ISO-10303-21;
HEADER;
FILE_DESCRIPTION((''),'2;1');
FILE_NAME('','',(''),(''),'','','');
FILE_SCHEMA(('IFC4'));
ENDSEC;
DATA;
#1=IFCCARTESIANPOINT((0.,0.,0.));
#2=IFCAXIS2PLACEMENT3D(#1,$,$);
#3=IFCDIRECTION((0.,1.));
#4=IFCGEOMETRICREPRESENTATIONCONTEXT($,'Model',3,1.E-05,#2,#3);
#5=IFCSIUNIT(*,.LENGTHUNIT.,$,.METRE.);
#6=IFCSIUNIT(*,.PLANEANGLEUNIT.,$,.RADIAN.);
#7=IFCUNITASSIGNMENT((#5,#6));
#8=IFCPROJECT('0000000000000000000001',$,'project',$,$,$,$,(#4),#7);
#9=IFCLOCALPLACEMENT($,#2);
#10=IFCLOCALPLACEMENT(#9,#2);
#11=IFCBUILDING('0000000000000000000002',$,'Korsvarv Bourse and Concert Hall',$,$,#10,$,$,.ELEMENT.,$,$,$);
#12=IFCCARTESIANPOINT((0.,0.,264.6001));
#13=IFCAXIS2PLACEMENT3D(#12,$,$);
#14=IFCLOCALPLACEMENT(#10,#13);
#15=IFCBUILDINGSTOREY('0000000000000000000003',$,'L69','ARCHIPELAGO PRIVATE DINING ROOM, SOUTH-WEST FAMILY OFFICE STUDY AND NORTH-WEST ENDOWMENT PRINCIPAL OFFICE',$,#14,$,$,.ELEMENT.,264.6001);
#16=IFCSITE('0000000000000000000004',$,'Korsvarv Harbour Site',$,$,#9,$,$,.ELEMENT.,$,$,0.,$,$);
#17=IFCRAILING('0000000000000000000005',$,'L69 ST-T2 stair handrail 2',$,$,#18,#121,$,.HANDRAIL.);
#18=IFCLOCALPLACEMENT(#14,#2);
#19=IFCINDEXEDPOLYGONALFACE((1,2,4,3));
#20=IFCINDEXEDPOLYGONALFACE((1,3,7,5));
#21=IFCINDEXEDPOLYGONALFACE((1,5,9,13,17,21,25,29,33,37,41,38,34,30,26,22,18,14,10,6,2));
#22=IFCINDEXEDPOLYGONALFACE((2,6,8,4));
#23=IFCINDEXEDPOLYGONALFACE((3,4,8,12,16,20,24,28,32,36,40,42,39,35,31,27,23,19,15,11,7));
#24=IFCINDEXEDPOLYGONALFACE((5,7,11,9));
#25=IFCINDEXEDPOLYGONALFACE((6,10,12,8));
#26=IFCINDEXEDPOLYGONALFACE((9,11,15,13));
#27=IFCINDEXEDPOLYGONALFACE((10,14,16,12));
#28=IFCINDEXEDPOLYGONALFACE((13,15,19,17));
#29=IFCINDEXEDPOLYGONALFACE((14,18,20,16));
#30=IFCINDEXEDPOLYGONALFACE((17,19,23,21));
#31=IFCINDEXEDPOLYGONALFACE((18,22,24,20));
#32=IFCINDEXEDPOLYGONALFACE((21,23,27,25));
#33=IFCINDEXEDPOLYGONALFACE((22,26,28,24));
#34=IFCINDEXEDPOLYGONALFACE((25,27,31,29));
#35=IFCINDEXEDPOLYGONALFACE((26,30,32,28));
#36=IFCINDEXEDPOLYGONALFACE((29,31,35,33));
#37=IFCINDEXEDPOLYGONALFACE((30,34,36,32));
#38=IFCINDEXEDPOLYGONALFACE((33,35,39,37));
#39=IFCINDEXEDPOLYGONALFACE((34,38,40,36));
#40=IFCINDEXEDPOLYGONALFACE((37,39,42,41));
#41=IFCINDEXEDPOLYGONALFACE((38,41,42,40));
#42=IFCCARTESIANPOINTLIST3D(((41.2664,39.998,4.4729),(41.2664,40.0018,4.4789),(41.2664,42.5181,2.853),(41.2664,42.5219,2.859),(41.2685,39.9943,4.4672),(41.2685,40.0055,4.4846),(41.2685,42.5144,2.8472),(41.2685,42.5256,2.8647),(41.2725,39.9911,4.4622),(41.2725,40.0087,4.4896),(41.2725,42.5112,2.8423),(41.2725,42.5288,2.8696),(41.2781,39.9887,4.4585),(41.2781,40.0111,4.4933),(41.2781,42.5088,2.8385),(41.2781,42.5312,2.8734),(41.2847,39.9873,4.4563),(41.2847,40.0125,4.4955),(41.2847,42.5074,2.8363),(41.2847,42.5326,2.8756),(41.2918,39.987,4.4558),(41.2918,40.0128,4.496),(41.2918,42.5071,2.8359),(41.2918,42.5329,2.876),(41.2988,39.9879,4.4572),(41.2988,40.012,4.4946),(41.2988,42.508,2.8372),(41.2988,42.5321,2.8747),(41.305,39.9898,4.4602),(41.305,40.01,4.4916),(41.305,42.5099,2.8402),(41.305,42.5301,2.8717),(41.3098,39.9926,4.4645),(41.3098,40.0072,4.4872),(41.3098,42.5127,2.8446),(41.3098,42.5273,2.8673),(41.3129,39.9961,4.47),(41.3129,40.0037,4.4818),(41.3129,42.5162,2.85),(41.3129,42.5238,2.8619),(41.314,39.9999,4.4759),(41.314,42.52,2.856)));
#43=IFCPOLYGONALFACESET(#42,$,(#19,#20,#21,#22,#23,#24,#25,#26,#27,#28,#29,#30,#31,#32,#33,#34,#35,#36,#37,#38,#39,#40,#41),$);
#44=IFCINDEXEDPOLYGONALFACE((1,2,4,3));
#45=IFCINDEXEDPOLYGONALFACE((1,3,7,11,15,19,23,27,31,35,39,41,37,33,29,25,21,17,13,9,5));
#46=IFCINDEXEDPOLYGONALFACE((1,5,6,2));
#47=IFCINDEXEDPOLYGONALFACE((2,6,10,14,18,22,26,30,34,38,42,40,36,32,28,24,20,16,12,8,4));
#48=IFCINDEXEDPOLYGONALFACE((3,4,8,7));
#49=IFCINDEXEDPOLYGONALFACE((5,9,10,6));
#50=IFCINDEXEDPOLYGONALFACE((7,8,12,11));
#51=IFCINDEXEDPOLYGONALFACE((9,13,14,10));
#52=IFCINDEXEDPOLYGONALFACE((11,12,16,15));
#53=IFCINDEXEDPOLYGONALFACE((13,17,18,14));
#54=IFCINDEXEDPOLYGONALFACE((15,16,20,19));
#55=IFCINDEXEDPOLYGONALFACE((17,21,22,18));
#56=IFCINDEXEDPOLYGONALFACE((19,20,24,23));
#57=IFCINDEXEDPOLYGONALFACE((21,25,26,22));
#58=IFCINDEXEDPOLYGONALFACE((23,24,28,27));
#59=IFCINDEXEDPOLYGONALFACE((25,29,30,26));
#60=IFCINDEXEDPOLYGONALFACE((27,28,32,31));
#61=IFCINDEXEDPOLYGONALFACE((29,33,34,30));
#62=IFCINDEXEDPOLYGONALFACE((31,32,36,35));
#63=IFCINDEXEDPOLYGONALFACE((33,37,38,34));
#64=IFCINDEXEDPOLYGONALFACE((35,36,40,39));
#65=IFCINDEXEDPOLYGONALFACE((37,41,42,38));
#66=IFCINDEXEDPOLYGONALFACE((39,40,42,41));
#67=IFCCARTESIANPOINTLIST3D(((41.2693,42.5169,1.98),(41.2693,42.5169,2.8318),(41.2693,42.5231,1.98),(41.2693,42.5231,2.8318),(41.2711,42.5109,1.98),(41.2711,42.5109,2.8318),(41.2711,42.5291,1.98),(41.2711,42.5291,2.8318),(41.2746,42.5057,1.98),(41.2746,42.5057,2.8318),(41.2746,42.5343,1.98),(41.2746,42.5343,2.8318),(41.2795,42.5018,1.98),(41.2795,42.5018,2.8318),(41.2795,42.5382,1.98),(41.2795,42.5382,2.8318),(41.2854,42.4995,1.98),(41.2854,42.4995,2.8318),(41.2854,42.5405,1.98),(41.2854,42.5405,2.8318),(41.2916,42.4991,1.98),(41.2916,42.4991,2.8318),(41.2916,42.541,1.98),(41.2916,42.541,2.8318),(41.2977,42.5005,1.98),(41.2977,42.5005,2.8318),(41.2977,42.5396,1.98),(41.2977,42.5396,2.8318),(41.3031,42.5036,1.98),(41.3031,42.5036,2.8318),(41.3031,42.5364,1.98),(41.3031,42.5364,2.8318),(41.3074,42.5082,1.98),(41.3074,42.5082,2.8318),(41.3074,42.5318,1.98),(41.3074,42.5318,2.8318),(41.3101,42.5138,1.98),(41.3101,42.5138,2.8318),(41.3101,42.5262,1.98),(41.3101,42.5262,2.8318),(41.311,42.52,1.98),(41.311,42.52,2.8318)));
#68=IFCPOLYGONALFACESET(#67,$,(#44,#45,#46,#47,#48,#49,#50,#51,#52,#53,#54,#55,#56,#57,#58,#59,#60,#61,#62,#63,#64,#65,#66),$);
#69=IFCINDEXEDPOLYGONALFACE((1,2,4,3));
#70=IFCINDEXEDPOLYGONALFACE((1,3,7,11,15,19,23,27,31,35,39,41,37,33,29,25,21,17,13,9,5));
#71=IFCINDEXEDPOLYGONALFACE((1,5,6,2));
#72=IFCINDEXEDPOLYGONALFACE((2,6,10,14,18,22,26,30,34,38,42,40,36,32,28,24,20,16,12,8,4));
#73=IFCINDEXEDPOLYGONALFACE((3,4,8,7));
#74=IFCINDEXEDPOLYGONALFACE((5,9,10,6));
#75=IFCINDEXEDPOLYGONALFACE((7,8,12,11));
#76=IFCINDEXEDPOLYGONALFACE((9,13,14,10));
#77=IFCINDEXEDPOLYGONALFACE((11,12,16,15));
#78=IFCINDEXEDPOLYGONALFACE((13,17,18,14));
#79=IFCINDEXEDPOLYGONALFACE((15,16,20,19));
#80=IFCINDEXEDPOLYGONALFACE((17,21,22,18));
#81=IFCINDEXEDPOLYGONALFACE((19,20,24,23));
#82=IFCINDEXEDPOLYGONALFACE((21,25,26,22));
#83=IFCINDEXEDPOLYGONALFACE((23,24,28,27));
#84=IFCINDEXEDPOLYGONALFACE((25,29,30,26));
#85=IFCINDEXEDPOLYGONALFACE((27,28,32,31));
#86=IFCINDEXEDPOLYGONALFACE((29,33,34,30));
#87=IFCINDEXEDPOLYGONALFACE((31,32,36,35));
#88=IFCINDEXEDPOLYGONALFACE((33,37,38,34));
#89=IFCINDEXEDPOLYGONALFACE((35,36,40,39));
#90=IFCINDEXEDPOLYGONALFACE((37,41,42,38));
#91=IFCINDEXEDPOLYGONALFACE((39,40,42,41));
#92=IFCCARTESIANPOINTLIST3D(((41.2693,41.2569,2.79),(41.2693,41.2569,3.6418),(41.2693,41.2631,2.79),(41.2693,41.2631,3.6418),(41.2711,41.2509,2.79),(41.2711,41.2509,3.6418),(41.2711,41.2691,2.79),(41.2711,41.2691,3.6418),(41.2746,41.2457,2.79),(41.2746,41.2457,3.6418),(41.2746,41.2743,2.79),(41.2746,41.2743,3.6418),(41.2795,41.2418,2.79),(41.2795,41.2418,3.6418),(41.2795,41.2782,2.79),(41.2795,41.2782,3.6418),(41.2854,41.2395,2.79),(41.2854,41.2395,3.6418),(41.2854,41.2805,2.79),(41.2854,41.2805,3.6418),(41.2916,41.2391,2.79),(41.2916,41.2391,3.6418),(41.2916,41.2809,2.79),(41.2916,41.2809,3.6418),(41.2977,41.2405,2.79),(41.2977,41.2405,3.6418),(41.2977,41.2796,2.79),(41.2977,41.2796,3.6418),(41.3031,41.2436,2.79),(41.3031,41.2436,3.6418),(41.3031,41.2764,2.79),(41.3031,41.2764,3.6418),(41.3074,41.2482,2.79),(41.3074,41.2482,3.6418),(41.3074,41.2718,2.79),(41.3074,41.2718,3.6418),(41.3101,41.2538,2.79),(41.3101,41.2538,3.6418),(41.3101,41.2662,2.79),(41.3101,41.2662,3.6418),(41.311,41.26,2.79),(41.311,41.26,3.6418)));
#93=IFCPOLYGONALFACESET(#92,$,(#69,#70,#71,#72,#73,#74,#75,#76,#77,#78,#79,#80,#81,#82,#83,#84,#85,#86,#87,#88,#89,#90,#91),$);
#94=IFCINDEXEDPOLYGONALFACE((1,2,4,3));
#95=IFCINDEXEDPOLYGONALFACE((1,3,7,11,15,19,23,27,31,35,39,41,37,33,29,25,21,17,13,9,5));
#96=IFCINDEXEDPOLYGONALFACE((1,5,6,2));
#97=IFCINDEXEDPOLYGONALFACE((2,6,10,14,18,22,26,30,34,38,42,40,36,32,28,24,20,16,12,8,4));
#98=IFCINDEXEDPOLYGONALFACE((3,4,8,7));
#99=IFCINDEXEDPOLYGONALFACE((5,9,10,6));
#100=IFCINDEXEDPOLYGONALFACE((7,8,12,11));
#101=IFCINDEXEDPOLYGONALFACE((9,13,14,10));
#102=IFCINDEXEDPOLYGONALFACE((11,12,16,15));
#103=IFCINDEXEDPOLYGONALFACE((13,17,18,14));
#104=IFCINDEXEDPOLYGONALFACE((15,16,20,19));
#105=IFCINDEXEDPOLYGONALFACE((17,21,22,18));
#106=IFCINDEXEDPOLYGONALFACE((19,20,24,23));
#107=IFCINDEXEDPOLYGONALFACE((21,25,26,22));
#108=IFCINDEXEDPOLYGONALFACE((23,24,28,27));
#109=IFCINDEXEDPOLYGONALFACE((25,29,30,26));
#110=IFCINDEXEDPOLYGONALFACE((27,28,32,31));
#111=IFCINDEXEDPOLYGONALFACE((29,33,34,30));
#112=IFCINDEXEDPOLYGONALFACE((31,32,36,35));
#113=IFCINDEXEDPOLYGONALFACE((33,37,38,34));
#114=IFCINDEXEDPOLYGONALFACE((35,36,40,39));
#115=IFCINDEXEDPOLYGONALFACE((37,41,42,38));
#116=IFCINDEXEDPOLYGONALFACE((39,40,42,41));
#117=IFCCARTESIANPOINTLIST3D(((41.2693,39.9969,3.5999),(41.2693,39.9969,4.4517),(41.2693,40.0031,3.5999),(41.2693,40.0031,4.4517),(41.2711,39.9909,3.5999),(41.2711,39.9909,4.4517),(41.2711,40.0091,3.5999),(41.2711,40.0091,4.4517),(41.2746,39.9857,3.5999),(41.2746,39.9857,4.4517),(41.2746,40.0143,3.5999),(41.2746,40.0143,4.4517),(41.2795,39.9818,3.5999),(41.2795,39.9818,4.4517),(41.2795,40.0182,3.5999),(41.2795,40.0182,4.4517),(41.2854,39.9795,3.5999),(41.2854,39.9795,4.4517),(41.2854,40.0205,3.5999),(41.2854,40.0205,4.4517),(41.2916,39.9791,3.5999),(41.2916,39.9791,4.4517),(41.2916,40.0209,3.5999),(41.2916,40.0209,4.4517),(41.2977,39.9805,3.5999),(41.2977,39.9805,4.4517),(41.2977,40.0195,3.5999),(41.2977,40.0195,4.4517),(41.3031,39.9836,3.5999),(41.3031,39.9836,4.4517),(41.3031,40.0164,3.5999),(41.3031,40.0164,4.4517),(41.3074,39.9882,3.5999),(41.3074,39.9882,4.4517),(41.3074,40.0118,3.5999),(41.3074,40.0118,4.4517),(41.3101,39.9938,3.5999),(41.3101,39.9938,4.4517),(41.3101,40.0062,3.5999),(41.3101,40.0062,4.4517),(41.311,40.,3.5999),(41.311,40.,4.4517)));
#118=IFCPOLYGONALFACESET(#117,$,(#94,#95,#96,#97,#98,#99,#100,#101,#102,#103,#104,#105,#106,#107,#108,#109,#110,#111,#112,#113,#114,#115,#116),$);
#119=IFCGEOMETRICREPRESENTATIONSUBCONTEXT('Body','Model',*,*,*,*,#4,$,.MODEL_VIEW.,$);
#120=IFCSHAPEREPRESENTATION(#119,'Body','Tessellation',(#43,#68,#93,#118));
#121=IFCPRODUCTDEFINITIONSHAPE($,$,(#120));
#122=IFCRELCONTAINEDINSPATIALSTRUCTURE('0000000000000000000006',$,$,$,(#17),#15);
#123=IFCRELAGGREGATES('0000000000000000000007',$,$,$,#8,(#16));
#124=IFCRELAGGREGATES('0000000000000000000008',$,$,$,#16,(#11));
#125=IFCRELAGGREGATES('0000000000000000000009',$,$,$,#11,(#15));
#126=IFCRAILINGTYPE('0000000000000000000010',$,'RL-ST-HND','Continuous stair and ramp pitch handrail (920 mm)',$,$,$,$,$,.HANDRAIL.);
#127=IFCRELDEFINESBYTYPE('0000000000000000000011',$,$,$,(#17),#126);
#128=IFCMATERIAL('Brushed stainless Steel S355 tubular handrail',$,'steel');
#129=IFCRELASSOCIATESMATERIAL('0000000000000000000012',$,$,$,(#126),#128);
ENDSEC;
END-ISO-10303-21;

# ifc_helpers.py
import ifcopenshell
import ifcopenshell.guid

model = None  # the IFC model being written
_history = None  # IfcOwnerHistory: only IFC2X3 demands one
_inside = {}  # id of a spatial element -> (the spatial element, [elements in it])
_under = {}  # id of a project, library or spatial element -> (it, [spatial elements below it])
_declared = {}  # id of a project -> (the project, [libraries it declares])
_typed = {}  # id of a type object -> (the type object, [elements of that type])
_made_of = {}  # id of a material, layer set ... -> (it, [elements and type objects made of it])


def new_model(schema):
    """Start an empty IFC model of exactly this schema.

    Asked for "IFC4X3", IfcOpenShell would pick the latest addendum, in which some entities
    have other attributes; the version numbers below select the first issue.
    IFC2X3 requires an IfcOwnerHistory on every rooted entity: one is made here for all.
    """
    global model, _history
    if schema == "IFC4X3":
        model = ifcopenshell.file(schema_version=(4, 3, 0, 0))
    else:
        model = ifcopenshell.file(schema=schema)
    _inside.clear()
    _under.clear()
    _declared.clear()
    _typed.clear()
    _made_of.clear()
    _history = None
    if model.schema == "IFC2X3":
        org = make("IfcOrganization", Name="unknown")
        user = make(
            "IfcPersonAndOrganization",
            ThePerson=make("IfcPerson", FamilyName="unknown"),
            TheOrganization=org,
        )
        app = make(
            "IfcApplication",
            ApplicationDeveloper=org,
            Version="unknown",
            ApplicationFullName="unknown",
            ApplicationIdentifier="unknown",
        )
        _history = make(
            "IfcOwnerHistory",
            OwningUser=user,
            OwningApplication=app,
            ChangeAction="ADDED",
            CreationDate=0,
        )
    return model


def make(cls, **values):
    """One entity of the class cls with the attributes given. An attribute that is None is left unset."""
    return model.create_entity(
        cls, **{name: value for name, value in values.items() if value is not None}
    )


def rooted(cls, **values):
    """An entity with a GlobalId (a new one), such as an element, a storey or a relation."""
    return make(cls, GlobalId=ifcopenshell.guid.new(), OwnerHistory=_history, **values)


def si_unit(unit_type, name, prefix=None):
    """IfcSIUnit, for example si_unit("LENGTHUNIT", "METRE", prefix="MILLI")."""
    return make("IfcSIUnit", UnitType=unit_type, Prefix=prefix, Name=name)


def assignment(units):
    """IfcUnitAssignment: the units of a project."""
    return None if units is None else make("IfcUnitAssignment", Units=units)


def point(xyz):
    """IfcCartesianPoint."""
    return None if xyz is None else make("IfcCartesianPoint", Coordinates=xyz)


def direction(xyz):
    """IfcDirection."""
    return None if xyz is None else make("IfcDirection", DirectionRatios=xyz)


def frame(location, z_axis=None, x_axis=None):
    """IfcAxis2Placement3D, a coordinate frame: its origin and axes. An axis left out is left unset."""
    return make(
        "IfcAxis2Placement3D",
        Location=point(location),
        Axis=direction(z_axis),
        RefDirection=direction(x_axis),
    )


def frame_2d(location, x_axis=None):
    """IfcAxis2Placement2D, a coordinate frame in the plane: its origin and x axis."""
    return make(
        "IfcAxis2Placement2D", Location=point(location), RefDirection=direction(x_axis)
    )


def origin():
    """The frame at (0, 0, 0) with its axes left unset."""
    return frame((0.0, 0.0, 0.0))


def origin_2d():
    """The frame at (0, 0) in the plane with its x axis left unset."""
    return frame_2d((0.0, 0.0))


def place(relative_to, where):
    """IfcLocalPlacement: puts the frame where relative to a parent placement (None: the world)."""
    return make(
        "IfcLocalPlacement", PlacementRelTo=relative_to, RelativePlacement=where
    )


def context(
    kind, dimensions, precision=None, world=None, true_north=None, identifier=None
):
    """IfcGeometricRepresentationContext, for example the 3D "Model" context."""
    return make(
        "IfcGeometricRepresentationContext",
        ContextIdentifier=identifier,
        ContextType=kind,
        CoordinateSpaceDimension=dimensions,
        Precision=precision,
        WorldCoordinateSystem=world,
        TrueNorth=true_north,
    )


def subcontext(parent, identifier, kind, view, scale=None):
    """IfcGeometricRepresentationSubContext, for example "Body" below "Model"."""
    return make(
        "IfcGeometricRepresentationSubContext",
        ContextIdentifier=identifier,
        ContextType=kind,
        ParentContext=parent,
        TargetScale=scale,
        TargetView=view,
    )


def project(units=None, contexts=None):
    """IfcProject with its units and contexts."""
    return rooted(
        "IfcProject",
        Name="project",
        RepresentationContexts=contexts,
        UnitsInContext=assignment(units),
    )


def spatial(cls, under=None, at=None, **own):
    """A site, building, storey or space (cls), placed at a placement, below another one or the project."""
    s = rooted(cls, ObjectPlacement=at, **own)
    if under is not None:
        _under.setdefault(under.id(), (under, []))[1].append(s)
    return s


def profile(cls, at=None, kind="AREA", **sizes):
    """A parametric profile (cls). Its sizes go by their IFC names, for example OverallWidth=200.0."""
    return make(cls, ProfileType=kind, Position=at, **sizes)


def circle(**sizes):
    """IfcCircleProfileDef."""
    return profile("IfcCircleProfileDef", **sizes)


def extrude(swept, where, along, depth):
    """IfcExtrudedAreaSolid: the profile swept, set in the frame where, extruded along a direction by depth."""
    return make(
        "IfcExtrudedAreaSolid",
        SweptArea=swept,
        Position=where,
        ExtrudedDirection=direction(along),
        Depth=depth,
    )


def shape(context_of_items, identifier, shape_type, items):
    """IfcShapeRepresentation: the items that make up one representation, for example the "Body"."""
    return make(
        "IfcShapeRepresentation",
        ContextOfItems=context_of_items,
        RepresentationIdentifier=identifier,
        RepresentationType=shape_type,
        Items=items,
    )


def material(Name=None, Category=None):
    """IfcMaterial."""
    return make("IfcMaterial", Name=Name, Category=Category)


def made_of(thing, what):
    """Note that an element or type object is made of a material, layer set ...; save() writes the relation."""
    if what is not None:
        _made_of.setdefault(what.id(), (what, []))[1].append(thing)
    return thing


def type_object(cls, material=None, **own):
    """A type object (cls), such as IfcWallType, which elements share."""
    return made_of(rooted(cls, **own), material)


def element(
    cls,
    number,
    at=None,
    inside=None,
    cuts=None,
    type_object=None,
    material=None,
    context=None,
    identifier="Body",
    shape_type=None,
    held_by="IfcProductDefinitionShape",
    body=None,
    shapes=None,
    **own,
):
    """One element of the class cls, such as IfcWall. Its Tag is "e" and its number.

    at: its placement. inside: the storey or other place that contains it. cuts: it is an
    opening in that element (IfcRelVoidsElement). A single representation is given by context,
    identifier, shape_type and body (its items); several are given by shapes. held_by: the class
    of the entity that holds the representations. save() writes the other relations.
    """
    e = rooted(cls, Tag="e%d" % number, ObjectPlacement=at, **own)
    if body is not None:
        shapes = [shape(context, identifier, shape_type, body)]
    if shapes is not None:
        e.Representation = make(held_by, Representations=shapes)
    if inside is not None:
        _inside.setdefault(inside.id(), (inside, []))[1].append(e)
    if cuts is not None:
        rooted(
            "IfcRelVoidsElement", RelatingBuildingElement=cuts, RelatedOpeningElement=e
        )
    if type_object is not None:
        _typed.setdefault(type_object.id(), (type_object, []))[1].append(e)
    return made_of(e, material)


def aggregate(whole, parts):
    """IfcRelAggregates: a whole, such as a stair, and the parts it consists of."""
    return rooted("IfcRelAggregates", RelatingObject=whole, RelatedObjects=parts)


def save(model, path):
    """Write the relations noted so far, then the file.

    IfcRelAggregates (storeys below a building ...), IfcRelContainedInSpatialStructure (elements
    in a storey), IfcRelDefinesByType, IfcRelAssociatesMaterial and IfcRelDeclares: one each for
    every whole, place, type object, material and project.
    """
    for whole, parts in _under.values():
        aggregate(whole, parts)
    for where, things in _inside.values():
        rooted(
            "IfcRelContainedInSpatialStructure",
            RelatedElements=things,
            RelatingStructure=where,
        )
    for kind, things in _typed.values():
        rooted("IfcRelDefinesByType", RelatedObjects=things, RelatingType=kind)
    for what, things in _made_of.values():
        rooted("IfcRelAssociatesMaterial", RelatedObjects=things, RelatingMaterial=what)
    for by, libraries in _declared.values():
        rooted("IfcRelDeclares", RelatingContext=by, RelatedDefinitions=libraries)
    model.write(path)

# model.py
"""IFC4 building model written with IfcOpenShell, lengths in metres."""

from ifc_helpers import new_model, si_unit, direction, frame, origin, origin_2d, place, context, subcontext, project, spatial, circle, extrude, material, type_object, element, save


model = new_model("IFC4")

# Units and contexts
model_context = context("Model", 3, precision=1e-05, world=origin(), true_north=direction((0.0, 1.0)))
body_context = subcontext(model_context, "Body", "Model", "MODEL_VIEW")
ifc_project = project(units=[si_unit("LENGTHUNIT", "METRE"), si_unit("PLANEANGLEUNIT", "RADIAN")], contexts=[model_context])

# Site, building, storey
site_placement = place(None, origin())
site = spatial("IfcSite", under=ifc_project, at=site_placement, Name="Korsvarv Harbour Site", CompositionType="ELEMENT", RefElevation=0.0)
building_placement = place(site_placement, origin())
building = spatial("IfcBuilding", under=site, at=building_placement, Name="Korsvarv Bourse and Concert Hall", CompositionType="ELEMENT")
storey_placement = place(building_placement, frame((0.0, 0.0, 264.6001)))
storey = spatial("IfcBuildingStorey", under=building, at=storey_placement, Name="L69", Description="ARCHIPELAGO PRIVATE DINING ROOM, SOUTH-WEST FAMILY OFFICE STUDY AND NORTH-WEST ENDOWMENT PRINCIPAL OFFICE", CompositionType="ELEMENT", Elevation=264.6001)

# Railing
ifc_material_1 = material(Name="Brushed stainless Steel S355 tubular handrail", Category="steel")
railing_type = type_object("IfcRailingType", Name="RL-ST-HND", Description="Continuous stair and ramp pitch handrail (920 mm)", PredefinedType="HANDRAIL", material=ifc_material_1)
railing_placement = place(storey_placement, frame((41.29, 42.52, 1.98)))
element("IfcRailing", 1, at=railing_placement, inside=storey, type_object=railing_type, Name="L69 ST-T2 stair handrail 2", PredefinedType="HANDRAIL", context=body_context, shape_type="SweptSolid", body=[
    extrude(circle(Radius=0.0239, at=origin_2d()), frame((0.0, 0.0, 0.876), z_axis=(0.0, -0.8412, 0.540725), x_axis=(1.0, 0.0, 0.0)), (0.0, 0.0, 1.0), 2.9958),
    extrude(circle(Radius=0.021, at=origin_2d()), origin(), (0.0, 0.0, 1.0), 0.8518),
    extrude(circle(Radius=0.021, at=origin_2d()), frame((0.0, -1.26, 0.8101)), (0.0, 0.0, 1.0), 0.8518),
    extrude(circle(Radius=0.021, at=origin_2d()), frame((0.0, -2.52, 1.6199)), (0.0, 0.0, 1.0), 0.8518),
])

save(model, "model.ifc")
